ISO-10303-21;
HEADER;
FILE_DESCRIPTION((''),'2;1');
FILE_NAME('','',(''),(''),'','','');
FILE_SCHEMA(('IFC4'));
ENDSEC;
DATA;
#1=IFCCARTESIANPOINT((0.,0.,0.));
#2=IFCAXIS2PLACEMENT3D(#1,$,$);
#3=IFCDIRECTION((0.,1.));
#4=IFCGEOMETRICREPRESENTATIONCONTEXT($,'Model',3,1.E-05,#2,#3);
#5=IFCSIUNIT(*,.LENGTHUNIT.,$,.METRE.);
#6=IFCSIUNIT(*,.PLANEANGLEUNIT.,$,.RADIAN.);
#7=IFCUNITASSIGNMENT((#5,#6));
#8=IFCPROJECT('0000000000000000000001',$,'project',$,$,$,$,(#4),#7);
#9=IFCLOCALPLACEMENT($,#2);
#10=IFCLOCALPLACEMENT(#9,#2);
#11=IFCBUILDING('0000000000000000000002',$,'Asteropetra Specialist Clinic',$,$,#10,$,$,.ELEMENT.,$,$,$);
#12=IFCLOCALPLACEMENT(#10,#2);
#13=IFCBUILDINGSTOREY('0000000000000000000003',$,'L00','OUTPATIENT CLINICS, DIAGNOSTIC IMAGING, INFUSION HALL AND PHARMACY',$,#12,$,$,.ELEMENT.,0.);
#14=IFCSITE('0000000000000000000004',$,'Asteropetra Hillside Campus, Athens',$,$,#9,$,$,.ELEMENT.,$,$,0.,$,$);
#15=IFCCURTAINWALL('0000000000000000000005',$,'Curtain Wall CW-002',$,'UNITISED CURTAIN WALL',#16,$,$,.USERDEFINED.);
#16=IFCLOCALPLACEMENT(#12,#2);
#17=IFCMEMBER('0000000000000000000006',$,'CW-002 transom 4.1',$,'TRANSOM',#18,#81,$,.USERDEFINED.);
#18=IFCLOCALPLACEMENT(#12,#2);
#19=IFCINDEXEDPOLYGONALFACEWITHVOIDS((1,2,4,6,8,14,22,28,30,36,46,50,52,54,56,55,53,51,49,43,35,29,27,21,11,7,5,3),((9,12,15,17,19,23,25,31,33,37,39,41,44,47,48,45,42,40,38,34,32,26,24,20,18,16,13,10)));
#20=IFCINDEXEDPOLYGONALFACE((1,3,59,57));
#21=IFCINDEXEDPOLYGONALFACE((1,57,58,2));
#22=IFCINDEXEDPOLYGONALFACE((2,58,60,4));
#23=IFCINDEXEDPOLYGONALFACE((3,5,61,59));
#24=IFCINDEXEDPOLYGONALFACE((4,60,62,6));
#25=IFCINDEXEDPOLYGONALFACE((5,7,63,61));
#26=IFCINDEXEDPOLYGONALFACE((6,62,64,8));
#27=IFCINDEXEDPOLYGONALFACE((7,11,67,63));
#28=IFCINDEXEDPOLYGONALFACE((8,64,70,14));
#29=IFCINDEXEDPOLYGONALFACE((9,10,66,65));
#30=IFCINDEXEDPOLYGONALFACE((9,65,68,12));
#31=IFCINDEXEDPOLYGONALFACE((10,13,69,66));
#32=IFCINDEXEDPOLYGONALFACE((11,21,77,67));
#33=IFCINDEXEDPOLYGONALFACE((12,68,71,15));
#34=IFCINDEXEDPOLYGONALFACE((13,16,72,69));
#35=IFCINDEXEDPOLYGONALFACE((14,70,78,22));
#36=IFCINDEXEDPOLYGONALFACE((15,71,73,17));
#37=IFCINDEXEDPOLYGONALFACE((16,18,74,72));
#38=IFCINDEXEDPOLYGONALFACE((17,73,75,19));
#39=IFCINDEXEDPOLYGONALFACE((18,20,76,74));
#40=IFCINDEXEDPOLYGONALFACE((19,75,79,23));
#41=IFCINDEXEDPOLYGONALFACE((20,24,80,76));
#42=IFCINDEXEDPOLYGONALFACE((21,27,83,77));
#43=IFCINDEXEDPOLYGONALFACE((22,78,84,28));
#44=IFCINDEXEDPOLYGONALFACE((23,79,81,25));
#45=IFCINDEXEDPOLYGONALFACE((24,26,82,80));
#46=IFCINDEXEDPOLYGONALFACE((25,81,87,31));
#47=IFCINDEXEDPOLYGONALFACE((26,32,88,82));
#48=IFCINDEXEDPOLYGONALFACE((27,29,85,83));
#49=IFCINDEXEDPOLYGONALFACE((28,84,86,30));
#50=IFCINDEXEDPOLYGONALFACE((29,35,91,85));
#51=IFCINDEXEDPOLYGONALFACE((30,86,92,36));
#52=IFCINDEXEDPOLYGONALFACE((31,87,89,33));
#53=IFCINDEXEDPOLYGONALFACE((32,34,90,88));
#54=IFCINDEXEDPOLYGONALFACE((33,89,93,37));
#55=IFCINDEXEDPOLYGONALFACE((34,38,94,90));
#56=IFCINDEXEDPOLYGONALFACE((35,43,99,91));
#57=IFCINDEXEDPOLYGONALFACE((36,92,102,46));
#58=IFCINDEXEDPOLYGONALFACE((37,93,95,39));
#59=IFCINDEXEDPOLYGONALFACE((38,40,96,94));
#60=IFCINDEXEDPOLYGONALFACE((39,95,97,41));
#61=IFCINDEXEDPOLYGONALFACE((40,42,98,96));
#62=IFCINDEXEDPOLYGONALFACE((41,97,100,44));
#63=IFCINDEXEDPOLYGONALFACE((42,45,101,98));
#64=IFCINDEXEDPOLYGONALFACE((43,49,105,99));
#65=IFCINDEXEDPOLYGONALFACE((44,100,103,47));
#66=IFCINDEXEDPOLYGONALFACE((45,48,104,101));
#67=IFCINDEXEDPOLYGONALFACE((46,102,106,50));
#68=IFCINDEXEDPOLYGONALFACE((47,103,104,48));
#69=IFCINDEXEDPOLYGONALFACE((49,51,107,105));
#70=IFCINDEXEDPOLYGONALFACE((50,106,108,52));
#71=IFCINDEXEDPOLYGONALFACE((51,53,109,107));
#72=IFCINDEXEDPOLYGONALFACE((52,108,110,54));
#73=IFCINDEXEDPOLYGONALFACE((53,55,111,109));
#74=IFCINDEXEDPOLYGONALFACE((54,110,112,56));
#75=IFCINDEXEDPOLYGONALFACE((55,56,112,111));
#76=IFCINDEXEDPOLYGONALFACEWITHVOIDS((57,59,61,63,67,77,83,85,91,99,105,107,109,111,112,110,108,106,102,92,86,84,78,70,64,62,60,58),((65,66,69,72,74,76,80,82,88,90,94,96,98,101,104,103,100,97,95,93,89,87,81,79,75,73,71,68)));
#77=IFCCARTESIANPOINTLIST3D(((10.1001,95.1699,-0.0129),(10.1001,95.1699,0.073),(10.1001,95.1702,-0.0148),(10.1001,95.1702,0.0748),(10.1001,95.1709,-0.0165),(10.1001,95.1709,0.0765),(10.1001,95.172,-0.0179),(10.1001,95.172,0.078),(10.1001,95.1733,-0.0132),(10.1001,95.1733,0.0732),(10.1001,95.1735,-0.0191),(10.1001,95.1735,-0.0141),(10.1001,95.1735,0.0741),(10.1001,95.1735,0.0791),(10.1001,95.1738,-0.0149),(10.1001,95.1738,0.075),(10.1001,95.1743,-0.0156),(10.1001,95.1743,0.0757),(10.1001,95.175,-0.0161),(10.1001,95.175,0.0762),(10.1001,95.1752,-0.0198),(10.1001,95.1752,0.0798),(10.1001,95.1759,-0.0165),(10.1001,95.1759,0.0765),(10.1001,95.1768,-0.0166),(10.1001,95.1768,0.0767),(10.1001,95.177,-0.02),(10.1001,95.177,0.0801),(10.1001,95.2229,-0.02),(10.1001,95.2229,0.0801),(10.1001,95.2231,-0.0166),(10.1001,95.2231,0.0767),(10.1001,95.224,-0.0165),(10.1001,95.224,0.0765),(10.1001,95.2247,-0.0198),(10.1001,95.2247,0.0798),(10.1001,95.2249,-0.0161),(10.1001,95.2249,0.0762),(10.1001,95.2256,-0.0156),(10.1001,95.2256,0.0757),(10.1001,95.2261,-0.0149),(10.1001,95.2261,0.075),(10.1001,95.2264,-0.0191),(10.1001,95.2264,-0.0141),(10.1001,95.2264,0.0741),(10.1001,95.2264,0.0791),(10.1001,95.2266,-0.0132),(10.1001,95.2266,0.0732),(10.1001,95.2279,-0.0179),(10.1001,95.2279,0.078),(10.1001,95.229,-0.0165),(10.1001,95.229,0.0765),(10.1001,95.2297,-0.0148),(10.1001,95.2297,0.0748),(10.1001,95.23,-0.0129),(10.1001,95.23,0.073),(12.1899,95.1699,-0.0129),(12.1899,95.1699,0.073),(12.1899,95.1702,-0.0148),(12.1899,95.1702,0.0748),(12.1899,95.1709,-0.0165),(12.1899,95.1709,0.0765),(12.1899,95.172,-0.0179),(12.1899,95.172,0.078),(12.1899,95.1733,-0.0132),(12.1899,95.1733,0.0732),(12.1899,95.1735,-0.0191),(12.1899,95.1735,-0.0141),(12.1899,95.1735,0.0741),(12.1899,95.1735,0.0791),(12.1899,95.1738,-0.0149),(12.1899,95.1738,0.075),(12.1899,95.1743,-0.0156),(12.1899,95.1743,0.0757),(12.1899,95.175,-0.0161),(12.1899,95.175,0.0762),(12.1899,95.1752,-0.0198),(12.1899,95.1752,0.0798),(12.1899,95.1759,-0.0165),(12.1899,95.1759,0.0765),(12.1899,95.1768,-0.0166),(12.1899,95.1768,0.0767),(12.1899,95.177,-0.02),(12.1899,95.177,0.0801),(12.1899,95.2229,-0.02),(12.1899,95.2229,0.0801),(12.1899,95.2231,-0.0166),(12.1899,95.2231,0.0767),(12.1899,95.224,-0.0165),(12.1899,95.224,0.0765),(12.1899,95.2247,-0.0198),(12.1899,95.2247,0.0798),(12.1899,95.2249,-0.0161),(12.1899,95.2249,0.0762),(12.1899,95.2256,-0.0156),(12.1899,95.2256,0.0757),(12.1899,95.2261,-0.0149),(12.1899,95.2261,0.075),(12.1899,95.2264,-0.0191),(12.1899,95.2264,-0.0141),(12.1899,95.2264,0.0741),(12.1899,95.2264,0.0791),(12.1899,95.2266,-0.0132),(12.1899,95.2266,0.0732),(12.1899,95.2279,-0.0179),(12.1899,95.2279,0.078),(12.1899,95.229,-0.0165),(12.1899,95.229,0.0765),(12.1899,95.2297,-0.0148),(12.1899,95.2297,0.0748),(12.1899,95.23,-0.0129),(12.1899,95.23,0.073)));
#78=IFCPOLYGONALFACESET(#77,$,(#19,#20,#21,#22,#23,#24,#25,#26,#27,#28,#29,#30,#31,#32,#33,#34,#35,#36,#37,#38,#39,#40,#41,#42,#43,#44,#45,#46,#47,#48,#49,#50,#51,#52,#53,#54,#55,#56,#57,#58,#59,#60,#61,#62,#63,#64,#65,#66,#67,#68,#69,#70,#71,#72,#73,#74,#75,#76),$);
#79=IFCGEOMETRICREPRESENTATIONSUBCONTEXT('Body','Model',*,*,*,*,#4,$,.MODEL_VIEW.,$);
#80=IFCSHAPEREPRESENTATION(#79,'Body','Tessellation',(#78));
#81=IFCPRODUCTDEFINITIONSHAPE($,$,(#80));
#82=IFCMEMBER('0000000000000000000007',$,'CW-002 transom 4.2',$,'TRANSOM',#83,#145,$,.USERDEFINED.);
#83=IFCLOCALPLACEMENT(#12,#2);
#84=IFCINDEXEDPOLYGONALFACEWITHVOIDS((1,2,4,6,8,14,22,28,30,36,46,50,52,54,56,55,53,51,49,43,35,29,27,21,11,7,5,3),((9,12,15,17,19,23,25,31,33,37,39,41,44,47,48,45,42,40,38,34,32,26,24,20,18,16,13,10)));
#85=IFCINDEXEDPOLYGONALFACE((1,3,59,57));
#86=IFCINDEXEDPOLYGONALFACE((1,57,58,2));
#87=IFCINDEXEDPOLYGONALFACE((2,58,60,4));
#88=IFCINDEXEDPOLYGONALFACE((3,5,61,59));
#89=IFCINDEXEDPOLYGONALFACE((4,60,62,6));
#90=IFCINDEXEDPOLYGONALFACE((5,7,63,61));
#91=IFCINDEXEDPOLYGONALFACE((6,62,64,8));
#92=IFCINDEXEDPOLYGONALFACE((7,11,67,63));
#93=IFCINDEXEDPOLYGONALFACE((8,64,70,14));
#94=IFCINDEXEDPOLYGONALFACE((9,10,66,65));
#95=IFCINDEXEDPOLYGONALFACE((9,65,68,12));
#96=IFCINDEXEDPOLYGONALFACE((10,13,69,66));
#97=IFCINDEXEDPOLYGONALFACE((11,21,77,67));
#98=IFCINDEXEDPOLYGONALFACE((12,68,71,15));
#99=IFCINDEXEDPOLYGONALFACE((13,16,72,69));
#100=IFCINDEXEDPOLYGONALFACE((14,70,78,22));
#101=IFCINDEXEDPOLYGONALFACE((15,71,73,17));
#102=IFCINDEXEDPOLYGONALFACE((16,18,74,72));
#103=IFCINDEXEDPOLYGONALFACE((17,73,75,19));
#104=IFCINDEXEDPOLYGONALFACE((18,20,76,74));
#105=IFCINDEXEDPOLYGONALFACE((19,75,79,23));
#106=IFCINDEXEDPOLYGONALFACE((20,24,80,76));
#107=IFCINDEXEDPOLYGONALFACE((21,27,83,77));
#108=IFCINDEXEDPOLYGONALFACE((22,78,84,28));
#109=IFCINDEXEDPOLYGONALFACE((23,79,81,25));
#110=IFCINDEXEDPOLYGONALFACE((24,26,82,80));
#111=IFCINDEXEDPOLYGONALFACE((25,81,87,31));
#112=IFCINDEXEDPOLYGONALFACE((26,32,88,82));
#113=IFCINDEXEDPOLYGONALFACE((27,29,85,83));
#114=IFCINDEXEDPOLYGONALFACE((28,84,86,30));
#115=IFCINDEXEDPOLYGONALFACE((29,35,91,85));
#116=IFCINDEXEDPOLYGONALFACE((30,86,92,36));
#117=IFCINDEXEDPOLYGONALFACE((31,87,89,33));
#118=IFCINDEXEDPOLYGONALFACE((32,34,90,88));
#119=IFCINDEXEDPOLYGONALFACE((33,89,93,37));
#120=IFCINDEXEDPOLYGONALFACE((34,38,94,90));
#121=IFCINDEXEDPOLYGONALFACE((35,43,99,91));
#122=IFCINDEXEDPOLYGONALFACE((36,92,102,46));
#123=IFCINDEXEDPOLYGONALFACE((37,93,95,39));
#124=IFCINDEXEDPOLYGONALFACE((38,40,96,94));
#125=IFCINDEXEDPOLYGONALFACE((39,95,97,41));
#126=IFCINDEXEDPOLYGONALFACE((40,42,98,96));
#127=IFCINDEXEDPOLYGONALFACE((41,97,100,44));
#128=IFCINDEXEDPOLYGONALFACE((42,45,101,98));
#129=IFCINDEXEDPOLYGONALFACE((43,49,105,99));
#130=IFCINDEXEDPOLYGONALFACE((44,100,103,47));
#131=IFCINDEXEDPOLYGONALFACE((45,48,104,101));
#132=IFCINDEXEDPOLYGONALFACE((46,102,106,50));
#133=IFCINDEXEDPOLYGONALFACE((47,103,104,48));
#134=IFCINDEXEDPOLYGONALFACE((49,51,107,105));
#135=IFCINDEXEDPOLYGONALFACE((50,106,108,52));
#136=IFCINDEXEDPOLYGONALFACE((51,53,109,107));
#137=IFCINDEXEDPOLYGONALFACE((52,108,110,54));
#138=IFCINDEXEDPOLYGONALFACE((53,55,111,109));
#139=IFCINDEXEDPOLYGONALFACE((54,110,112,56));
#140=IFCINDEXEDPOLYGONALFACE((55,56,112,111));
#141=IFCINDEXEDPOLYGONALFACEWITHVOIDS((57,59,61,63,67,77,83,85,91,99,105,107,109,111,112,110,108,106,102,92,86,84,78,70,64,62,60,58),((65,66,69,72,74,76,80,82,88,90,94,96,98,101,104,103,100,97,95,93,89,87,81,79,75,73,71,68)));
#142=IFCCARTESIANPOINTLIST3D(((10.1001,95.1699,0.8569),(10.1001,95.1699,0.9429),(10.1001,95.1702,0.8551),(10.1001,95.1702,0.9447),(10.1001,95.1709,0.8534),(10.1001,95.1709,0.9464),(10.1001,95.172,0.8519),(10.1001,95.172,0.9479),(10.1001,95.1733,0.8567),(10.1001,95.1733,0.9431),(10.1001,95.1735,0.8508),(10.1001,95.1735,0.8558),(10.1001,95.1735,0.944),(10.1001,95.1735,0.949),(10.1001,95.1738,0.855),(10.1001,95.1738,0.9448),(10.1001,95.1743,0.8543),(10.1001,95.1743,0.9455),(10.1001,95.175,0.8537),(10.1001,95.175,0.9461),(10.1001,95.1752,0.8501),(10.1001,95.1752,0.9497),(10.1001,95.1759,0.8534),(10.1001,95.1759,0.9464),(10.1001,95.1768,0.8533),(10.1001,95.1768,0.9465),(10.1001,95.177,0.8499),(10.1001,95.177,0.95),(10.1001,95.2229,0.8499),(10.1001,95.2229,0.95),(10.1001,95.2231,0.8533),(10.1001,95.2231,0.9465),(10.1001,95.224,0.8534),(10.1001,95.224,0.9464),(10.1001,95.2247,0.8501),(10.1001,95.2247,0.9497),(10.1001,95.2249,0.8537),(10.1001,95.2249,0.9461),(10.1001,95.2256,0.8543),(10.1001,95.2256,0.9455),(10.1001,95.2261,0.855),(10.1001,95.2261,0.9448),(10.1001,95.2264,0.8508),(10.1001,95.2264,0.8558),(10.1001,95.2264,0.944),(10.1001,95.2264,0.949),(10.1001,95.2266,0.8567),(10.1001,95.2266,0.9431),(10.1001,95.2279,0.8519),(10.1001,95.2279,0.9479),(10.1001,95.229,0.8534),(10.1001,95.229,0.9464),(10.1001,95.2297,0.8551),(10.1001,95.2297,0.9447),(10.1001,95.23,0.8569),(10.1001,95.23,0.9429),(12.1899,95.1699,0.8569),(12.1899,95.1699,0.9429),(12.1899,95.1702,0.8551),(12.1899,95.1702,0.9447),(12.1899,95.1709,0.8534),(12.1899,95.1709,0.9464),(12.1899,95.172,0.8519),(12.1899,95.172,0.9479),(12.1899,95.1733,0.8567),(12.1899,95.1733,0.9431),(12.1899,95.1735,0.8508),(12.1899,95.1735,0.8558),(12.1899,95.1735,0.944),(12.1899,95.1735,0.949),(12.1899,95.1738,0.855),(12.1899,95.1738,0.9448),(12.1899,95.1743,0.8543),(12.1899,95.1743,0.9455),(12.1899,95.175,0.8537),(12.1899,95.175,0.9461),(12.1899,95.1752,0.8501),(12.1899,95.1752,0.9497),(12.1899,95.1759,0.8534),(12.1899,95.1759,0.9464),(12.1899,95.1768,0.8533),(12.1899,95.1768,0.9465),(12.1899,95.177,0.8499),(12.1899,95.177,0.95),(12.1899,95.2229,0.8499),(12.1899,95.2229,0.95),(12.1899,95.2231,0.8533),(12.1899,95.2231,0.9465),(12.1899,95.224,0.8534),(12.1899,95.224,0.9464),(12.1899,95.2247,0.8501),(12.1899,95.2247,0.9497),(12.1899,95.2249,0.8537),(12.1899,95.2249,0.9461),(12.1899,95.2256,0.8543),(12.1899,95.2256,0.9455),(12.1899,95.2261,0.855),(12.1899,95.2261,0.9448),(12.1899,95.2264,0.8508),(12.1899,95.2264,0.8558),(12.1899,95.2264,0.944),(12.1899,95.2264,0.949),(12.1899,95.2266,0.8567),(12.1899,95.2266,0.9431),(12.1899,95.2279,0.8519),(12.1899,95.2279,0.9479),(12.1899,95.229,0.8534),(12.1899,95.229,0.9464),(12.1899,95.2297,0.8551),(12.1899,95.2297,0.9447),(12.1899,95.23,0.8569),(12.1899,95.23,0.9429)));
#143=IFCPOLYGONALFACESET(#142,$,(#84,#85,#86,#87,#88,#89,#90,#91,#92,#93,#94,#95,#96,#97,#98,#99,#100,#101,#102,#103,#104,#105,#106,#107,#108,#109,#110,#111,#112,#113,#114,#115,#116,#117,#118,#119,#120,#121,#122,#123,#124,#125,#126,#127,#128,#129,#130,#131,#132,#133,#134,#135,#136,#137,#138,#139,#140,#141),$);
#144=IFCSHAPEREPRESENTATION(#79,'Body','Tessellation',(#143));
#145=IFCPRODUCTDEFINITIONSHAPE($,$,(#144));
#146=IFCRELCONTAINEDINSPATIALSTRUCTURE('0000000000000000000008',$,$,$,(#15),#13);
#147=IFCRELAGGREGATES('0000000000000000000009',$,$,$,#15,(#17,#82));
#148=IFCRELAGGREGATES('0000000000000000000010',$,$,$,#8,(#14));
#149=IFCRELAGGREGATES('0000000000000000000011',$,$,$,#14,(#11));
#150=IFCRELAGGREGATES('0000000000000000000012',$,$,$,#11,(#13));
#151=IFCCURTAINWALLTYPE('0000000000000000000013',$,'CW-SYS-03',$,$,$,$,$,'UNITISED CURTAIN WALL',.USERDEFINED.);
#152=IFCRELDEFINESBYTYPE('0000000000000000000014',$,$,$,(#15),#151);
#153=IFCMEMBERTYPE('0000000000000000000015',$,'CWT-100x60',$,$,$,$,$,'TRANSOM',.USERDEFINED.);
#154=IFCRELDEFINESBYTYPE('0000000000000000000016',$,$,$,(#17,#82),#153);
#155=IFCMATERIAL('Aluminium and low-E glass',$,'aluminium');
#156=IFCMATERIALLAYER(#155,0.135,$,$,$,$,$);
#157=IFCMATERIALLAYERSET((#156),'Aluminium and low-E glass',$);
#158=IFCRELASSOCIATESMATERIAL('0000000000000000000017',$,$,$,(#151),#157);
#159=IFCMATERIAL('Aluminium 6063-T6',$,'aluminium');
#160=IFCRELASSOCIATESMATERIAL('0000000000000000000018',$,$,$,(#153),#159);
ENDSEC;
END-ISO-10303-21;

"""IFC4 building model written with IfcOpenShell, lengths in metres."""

from ifc_helpers import new_model, si_unit, direction, frame, origin, origin_2d, place, context, subcontext, project, spatial, hollow_rectangle, extrude, material, layer, layer_set, material_profile, profile_set, type_object, element, aggregate, save


model = new_model("IFC4")

# Units and contexts
model_context = context("Model", 3, precision=1e-05, world=origin(), true_north=direction((0.0, 1.0)))
body_context = subcontext(model_context, "Body", "Model", "MODEL_VIEW")
ifc_project = project(units=[si_unit("LENGTHUNIT", "METRE"), si_unit("PLANEANGLEUNIT", "RADIAN")], contexts=[model_context])

# Site, building, storey
site_placement = place(None, origin())
site = spatial("IfcSite", under=ifc_project, at=site_placement, Name="Asteropetra Hillside Campus, Athens", CompositionType="ELEMENT", RefElevation=0.0)
building_placement = place(site_placement, origin())
building = spatial("IfcBuilding", under=site, at=building_placement, Name="Asteropetra Specialist Clinic", CompositionType="ELEMENT")
storey_placement = place(building_placement, origin())
storey = spatial("IfcBuildingStorey", under=building, at=storey_placement, Name="L00", Description="OUTPATIENT CLINICS, DIAGNOSTIC IMAGING, INFUSION HALL AND PHARMACY", CompositionType="ELEMENT", Elevation=0.0)

# Curtain wall
ifc_material_1 = material(Name="Aluminium and low-E glass", Category="aluminium")
ifc_layer_1 = layer(ifc_material_1, 0.135)
ifc_layer_set_1 = layer_set([ifc_layer_1], Name="Aluminium and low-E glass")
curtain_wall_type_1 = type_object("IfcCurtainWallType", Name="CW-SYS-03", ElementType="UNITISED CURTAIN WALL", PredefinedType="USERDEFINED", material=ifc_layer_set_1)
curtain_wall_1_placement = place(storey_placement, origin())
curtain_wall_1 = element("IfcCurtainWall", 1, at=curtain_wall_1_placement, inside=storey, type_object=curtain_wall_type_1, Name="Curtain Wall CW-002", ObjectType="UNITISED CURTAIN WALL", PredefinedType="USERDEFINED")

# Members
ifc_material_2 = material(Name="Aluminium 6063-T6", Category="aluminium")
ifc_material_profile_1 = material_profile(ifc_material_2, hollow_rectangle(XDim=0.0601, YDim=0.1001, WallThickness=0.0034, InnerFilletRadius=0.0034, OuterFilletRadius=0.0071, at=origin_2d()), Name="TRN 100x60x3.5")
ifc_profile_set_1 = profile_set([ifc_material_profile_1], Name="Aluminium 6063-T6")
member_type_1 = type_object("IfcMemberType", Name="CWT-100x60", ElementType="TRANSOM", PredefinedType="USERDEFINED", material=ifc_profile_set_1)
member_1_placement = place(storey_placement, frame((12.1899, 95.2, 0.03), z_axis=(-1.0, 0.0, 0.0), x_axis=(0.0, -1.0, 0.0)))
member_1 = element("IfcMember", 2, at=member_1_placement, type_object=member_type_1, Name="CW-002 transom 4.1", ObjectType="TRANSOM", PredefinedType="USERDEFINED", context=body_context, shape_type="SweptSolid", body=[
    extrude(hollow_rectangle(XDim=0.0601, YDim=0.1001, WallThickness=0.0034, InnerFilletRadius=0.0034, OuterFilletRadius=0.0071, at=origin_2d()), origin(), (0.0, 0.0, 1.0), 2.0898),
])
member_2_placement = place(storey_placement, frame((12.1899, 95.2, 0.8999), z_axis=(-1.0, 0.0, 0.0), x_axis=(0.0, -1.0, 0.0)))
member_2 = element("IfcMember", 3, at=member_2_placement, type_object=member_type_1, Name="CW-002 transom 4.2", ObjectType="TRANSOM", PredefinedType="USERDEFINED", context=body_context, shape_type="SweptSolid", body=[
    extrude(hollow_rectangle(XDim=0.0601, YDim=0.1001, WallThickness=0.0034, InnerFilletRadius=0.0034, OuterFilletRadius=0.0071, at=origin_2d()), origin(), (0.0, 0.0, 1.0), 2.0898),
])

aggregate(curtain_wall_1, [member_1, member_2])

save(model, "model.ifc")
